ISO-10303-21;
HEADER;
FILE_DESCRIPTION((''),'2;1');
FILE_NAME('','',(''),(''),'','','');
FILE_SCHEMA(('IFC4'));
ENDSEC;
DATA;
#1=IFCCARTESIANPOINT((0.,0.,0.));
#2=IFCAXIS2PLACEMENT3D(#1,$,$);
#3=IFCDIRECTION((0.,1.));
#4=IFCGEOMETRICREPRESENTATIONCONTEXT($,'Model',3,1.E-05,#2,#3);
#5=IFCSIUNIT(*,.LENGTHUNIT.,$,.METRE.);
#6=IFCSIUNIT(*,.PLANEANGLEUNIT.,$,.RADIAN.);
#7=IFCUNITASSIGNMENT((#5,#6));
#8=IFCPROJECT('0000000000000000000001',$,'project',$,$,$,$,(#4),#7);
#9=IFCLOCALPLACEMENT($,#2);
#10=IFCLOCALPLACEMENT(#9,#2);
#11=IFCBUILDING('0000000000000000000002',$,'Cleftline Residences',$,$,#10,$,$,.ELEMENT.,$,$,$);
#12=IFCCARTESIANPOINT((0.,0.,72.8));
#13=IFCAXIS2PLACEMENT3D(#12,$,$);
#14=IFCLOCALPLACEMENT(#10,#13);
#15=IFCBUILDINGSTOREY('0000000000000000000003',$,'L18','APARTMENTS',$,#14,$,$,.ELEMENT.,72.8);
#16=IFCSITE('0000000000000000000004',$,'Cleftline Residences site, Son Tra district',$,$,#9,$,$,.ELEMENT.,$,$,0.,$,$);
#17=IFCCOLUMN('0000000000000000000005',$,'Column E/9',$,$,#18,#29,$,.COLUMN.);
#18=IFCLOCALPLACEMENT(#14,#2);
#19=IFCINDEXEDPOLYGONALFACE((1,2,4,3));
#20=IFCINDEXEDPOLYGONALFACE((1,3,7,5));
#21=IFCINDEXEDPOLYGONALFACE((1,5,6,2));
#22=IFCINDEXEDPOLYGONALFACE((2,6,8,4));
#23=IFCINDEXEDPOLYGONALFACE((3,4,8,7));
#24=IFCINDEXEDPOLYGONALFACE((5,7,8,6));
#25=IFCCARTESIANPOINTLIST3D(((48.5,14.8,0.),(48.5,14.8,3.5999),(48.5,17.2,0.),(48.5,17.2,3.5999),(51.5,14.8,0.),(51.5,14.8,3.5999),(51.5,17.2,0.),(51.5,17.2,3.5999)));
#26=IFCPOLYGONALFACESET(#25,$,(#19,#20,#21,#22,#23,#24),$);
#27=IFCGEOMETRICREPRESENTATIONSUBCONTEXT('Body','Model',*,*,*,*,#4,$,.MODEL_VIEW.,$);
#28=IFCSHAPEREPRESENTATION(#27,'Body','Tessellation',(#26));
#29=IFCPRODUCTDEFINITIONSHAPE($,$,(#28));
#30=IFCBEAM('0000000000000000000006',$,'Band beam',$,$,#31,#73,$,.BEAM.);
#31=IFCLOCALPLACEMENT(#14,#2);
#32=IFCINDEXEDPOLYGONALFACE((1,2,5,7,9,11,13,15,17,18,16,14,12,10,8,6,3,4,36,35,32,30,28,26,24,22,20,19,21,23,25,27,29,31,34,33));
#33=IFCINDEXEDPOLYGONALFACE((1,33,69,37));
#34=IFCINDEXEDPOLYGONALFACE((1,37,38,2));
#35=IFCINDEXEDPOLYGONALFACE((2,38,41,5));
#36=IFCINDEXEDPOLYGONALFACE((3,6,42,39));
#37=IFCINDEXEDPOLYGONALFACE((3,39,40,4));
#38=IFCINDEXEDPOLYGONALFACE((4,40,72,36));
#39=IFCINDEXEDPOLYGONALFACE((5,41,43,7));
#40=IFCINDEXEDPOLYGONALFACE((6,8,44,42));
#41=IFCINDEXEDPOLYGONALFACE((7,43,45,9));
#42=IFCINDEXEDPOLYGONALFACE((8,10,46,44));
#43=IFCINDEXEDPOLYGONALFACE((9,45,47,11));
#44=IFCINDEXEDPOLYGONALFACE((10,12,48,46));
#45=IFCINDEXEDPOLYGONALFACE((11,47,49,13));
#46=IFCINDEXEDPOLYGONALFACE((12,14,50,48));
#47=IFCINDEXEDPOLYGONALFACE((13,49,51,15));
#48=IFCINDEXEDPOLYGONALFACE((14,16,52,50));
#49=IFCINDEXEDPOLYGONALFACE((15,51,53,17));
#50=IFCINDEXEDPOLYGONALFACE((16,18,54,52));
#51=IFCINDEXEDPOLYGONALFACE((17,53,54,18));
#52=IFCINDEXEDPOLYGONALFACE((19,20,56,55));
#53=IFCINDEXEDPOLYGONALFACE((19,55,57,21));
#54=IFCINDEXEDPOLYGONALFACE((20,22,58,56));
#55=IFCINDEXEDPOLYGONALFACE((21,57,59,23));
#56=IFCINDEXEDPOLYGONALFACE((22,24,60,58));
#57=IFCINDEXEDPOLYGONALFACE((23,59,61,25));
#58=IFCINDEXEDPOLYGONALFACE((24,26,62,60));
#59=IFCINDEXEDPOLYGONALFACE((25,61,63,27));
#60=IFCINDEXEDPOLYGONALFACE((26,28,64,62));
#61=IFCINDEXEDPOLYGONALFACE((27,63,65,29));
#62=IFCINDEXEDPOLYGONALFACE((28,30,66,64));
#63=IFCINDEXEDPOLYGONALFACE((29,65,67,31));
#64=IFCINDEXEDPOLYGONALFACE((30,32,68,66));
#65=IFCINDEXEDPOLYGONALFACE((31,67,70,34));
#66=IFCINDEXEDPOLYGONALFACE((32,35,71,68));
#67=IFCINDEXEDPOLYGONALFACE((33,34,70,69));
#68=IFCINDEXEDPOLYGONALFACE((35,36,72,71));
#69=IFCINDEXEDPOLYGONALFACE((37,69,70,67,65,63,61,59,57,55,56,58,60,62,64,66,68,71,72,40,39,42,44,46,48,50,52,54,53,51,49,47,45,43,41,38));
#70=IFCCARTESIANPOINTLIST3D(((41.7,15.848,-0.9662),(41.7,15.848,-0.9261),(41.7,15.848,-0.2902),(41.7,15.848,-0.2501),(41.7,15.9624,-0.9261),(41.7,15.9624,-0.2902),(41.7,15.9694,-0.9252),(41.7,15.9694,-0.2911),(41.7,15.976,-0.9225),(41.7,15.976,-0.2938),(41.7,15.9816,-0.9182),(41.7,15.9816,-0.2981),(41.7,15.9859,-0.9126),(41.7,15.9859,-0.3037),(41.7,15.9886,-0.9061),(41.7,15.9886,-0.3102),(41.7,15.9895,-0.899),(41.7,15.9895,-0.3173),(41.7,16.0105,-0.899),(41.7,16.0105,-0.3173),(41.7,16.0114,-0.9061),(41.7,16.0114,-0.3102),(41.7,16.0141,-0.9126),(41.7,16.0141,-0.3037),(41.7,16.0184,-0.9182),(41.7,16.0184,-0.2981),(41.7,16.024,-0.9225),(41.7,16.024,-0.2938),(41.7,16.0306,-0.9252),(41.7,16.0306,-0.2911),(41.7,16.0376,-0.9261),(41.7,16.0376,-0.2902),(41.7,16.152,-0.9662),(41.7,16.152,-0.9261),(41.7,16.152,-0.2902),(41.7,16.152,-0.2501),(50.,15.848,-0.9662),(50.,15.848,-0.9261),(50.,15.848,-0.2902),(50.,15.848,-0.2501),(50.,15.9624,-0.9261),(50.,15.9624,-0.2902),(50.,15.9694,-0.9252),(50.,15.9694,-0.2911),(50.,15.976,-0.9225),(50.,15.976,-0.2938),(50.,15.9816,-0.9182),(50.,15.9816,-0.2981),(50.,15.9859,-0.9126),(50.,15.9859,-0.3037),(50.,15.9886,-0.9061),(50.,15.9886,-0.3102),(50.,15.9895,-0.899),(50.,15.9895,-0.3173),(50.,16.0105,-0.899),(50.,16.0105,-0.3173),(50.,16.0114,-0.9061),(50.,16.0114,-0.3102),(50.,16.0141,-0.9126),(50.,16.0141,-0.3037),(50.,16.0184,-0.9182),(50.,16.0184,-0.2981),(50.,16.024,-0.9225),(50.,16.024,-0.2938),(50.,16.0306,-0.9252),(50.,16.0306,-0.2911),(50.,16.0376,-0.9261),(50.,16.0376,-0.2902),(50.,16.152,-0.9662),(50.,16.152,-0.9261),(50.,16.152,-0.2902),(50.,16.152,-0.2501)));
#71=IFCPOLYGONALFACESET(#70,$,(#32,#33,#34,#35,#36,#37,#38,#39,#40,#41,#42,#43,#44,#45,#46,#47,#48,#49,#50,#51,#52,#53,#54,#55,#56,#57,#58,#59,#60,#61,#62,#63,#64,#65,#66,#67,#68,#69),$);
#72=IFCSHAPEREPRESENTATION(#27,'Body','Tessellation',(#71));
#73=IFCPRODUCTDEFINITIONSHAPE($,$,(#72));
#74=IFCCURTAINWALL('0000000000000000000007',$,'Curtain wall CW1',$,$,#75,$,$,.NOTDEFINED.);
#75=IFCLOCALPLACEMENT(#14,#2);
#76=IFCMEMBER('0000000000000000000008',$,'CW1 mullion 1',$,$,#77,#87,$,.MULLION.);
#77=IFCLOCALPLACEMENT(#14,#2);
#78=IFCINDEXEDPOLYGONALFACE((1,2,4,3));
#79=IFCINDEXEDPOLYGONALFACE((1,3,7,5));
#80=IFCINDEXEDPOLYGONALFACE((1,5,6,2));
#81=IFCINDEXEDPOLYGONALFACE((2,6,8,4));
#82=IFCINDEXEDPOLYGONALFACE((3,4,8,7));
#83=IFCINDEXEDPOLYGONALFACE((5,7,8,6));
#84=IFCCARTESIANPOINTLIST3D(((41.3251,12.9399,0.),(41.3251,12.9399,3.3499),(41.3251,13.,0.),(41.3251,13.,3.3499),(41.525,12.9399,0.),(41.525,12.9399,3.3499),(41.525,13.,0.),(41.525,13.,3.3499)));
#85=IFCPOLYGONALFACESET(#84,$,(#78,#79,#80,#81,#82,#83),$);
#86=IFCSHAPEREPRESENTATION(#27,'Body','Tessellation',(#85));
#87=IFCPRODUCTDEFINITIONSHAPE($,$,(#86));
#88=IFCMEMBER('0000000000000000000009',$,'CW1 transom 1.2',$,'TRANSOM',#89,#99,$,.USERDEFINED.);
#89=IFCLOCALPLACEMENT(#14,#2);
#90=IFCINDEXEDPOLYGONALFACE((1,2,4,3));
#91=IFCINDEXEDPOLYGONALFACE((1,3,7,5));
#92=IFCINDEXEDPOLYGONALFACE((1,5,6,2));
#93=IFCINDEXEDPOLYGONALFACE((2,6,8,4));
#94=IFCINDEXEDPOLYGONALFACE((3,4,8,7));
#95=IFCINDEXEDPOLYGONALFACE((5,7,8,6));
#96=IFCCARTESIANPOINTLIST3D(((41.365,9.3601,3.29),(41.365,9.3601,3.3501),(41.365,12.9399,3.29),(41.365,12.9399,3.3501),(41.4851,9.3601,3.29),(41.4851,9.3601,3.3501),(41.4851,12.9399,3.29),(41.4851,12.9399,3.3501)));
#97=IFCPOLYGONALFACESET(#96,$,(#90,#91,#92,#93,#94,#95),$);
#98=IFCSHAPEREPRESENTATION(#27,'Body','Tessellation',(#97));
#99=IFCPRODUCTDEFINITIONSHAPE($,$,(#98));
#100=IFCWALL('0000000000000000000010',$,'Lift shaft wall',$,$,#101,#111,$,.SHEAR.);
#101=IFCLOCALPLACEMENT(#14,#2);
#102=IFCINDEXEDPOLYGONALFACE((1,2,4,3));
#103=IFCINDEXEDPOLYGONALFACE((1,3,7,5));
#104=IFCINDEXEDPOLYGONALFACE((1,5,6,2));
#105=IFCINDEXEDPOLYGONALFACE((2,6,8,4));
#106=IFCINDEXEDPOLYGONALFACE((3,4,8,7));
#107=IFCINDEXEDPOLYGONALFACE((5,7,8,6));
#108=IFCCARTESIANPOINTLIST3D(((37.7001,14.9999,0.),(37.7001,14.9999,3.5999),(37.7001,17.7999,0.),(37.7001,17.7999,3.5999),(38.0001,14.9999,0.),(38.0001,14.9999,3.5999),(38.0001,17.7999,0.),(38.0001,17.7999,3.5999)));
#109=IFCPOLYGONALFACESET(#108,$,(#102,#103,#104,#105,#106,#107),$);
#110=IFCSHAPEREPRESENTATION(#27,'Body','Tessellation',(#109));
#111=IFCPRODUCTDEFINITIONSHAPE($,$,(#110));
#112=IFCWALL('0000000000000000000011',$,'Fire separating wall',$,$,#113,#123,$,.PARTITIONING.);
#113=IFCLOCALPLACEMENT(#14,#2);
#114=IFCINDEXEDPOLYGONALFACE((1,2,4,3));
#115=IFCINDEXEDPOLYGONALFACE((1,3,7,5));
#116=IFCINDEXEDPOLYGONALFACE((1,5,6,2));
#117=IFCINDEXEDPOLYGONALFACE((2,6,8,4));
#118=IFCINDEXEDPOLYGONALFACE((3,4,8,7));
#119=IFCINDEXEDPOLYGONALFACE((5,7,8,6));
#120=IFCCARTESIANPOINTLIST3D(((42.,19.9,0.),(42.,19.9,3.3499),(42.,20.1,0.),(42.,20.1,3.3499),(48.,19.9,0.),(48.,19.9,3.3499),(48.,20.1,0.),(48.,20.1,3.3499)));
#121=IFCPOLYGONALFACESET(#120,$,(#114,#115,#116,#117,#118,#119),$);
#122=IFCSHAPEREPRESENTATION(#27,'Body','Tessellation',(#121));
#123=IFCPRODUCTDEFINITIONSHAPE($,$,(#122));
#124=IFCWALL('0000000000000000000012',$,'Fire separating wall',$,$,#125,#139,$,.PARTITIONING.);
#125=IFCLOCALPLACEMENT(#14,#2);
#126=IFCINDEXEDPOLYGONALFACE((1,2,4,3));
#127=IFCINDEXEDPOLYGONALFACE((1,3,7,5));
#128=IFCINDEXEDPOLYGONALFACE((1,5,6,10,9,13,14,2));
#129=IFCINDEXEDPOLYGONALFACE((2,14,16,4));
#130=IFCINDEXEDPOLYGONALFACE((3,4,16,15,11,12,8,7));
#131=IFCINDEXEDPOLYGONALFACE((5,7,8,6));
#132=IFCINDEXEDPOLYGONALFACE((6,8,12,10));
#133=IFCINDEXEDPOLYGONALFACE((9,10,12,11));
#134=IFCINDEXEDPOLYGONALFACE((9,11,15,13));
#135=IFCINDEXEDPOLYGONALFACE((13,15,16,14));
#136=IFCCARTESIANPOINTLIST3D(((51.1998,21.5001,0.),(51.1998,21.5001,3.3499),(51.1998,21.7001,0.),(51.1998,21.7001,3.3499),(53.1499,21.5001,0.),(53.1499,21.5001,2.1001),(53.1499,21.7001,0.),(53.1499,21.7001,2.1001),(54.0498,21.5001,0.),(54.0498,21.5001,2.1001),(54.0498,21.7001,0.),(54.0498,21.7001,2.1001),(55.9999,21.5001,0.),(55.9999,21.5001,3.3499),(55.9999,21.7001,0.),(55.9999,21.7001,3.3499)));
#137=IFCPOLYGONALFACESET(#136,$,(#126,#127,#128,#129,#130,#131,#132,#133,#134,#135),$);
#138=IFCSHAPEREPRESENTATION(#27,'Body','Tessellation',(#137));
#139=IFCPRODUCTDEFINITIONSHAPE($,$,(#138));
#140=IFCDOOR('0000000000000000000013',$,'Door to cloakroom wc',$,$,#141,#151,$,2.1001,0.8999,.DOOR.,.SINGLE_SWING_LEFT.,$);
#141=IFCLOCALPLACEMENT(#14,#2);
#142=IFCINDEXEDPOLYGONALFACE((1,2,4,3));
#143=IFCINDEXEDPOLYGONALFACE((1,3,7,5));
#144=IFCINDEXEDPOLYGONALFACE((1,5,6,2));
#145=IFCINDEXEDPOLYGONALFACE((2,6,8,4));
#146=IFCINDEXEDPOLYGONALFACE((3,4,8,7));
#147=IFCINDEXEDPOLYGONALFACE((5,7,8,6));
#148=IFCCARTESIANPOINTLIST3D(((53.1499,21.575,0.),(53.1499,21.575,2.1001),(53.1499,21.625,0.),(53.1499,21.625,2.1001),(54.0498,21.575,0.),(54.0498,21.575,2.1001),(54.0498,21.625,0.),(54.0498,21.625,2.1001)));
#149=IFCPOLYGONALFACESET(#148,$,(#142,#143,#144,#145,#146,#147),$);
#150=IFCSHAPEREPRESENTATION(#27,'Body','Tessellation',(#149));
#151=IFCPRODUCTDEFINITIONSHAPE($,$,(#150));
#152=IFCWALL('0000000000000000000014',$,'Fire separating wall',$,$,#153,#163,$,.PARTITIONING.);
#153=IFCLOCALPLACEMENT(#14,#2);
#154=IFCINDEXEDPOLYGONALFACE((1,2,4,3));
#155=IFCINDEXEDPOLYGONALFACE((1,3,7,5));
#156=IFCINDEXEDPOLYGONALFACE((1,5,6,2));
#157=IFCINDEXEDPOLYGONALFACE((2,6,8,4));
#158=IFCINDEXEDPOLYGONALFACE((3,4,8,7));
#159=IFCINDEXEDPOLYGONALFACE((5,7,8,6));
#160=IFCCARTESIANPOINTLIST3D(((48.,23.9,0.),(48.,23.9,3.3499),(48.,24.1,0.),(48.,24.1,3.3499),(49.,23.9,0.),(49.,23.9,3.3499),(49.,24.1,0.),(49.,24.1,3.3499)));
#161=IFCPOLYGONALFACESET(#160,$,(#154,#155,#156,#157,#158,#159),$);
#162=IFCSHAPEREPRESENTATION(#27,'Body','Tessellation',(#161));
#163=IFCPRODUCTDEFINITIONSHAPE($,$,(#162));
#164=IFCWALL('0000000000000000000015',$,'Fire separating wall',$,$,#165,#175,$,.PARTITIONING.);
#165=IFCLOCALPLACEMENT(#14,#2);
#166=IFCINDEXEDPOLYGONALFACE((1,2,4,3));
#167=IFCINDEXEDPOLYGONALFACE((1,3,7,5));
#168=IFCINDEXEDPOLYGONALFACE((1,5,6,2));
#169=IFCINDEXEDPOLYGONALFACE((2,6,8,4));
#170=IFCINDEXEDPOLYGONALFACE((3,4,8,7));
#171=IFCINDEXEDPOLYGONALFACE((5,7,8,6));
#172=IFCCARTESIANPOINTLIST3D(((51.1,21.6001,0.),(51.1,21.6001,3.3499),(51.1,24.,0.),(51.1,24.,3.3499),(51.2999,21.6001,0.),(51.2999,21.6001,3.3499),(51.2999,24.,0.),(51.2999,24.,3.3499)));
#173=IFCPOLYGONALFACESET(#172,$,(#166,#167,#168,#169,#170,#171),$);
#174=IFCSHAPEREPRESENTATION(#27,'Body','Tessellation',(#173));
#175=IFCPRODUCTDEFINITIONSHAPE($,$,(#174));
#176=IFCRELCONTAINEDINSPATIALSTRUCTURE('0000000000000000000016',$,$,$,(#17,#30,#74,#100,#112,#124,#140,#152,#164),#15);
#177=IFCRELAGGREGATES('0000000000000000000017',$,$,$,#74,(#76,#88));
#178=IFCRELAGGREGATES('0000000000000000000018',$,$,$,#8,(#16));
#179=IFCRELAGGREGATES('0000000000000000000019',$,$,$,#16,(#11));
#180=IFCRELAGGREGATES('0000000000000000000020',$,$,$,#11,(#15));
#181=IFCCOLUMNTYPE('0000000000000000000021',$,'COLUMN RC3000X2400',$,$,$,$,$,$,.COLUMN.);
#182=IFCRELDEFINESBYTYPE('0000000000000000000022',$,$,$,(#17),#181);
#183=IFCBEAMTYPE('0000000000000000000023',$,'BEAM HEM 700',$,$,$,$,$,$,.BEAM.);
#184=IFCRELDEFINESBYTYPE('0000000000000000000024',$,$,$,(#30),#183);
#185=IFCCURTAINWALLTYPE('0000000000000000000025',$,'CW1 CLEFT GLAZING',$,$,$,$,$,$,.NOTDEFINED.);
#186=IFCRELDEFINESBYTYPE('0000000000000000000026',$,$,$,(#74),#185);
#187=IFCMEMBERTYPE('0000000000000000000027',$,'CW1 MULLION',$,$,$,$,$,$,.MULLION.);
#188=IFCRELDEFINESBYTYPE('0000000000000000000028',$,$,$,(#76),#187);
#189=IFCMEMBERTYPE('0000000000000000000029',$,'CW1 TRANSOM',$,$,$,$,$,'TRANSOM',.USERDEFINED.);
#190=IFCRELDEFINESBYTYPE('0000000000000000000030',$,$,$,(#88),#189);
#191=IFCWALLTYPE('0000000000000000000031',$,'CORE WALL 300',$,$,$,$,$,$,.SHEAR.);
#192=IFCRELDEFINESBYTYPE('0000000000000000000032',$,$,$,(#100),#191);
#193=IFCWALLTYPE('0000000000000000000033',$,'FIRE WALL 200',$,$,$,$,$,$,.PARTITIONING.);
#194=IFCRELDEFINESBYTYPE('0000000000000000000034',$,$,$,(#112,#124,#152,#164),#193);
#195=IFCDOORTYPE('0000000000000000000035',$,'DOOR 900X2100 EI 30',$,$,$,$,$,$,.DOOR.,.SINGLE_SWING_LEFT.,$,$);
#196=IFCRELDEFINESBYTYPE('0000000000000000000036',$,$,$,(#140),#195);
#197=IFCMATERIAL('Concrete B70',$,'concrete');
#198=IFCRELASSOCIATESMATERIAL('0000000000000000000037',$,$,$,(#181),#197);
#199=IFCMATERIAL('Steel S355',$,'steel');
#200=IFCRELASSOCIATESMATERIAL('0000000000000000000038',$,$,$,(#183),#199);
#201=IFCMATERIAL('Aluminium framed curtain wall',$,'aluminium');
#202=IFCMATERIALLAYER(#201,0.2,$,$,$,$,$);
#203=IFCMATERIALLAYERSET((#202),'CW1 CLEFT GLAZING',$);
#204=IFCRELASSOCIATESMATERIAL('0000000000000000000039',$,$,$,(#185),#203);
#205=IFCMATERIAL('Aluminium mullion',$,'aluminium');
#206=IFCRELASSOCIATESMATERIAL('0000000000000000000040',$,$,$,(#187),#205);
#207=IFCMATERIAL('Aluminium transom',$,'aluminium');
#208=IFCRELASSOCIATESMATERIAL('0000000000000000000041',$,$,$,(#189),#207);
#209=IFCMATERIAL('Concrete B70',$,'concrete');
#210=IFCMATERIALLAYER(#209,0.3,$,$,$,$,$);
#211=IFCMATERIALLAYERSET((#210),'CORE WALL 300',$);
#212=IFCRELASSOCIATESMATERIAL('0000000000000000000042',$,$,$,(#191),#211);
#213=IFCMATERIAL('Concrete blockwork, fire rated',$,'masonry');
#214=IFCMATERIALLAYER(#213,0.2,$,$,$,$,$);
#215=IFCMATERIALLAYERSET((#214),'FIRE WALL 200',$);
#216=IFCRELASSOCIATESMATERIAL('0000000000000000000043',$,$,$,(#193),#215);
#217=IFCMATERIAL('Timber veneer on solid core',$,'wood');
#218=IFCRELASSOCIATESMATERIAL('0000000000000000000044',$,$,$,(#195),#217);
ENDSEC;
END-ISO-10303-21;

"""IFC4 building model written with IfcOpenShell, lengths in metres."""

from ifc_helpers import new_model, si_unit, direction, frame, frame_2d, origin, origin_2d, place, context, subcontext, project, spatial, rectangle, i_section, extrude, material, layer, layer_set, material_profile, profile_set, type_object, element, fill, aggregate, save


model = new_model("IFC4")

# Units and contexts
model_context = context("Model", 3, precision=1e-05, world=origin(), true_north=direction((0.0, 1.0)))
body_context = subcontext(model_context, "Body", "Model", "MODEL_VIEW")
ifc_project = project(units=[si_unit("LENGTHUNIT", "METRE"), si_unit("PLANEANGLEUNIT", "RADIAN")], contexts=[model_context])

# Site, building, storey
site_placement = place(None, origin())
site = spatial("IfcSite", under=ifc_project, at=site_placement, Name="Cleftline Residences site, Son Tra district", CompositionType="ELEMENT", RefElevation=0.0)
building_placement = place(site_placement, origin())
building = spatial("IfcBuilding", under=site, at=building_placement, Name="Cleftline Residences", CompositionType="ELEMENT")
storey_placement = place(building_placement, frame((0.0, 0.0, 72.8)))
storey = spatial("IfcBuildingStorey", under=building, at=storey_placement, Name="L18", Description="APARTMENTS", CompositionType="ELEMENT", Elevation=72.8)

# Column
ifc_material_1 = material(Name="Concrete B70", Category="concrete")
ifc_material_profile_1 = material_profile(ifc_material_1, rectangle(XDim=3.0, YDim=2.3999, at=origin_2d()))
ifc_profile_set_1 = profile_set([ifc_material_profile_1], Name="Concrete B70")
column_type = type_object("IfcColumnType", Name="COLUMN RC3000X2400", PredefinedType="COLUMN", material=ifc_profile_set_1)
column_placement = place(storey_placement, frame((50.0, 16.0, 0.0), z_axis=(0.0, 0.0, 1.0), x_axis=(1.0, 0.0, 0.0)))
element("IfcColumn", 1, at=column_placement, inside=storey, type_object=column_type, Name="Column E/9", PredefinedType="COLUMN", context=body_context, shape_type="SweptSolid", body=[
    extrude(rectangle(XDim=3.0, YDim=2.3999, at=origin_2d()), origin(), (0.0, 0.0, 1.0), 3.5999),
])

# Beam
ifc_material_2 = material(Name="Steel S355", Category="steel")
ifc_material_profile_2 = material_profile(ifc_material_2, i_section(OverallWidth=0.304, OverallDepth=0.7161, WebThickness=0.021, FlangeThickness=0.04, FilletRadius=0.0271, at=origin_2d()))
ifc_profile_set_2 = profile_set([ifc_material_profile_2], Name="Steel S355")
beam_type = type_object("IfcBeamType", Name="BEAM HEM 700", PredefinedType="BEAM", material=ifc_profile_set_2)
beam_placement = place(storey_placement, frame((50.0, 16.0, -0.6082), z_axis=(-1.0, 0.0, 0.0), x_axis=(0.0, -1.0, 0.0)))
element("IfcBeam", 2, at=beam_placement, inside=storey, type_object=beam_type, Name="Band beam", PredefinedType="BEAM", context=body_context, shape_type="SweptSolid", body=[
    extrude(i_section(OverallWidth=0.304, OverallDepth=0.7161, WebThickness=0.021, FlangeThickness=0.04, FilletRadius=0.0271, at=origin_2d()), origin(), (0.0, 0.0, 1.0), 8.3),
])

# Curtain wall, members
ifc_material_3 = material(Name="Aluminium framed curtain wall", Category="aluminium")
ifc_layer_1 = layer(ifc_material_3, 0.2)
ifc_layer_set_1 = layer_set([ifc_layer_1], Name="CW1 CLEFT GLAZING")
curtain_wall_type = type_object("IfcCurtainWallType", Name="CW1 CLEFT GLAZING", PredefinedType="NOTDEFINED", material=ifc_layer_set_1)
curtain_wall_placement = place(storey_placement, origin())
curtain_wall = element("IfcCurtainWall", 3, at=curtain_wall_placement, inside=storey, type_object=curtain_wall_type, Name="Curtain wall CW1", PredefinedType="NOTDEFINED")
ifc_material_4 = material(Name="Aluminium mullion", Category="aluminium")
ifc_material_profile_3 = material_profile(ifc_material_4, rectangle(XDim=0.2, YDim=0.0601, at=origin_2d()))
ifc_profile_set_3 = profile_set([ifc_material_profile_3], Name="Aluminium mullion")
member_type_1 = type_object("IfcMemberType", Name="CW1 MULLION", PredefinedType="MULLION", material=ifc_profile_set_3)
member_1_placement = place(storey_placement, frame((41.425, 12.97, 0.0), z_axis=(0.0, 0.0, 1.0), x_axis=(1.0, 0.0, 0.0)))
member_1 = element("IfcMember", 4, at=member_1_placement, type_object=member_type_1, Name="CW1 mullion 1", PredefinedType="MULLION", context=body_context, shape_type="SweptSolid", body=[
    extrude(rectangle(XDim=0.2, YDim=0.0601, at=origin_2d()), origin(), (0.0, 0.0, 1.0), 3.3499),
])
ifc_material_5 = material(Name="Aluminium transom", Category="aluminium")
ifc_material_profile_4 = material_profile(ifc_material_5, rectangle(XDim=0.1201, YDim=0.0601, at=origin_2d()))
ifc_profile_set_4 = profile_set([ifc_material_profile_4], Name="Aluminium transom")
member_type_2 = type_object("IfcMemberType", Name="CW1 TRANSOM", ElementType="TRANSOM", PredefinedType="USERDEFINED", material=ifc_profile_set_4)
member_2_placement = place(storey_placement, frame((41.425, 12.9399, 3.3201), z_axis=(0.0, -1.0, 0.0), x_axis=(1.0, 0.0, 0.0)))
member_2 = element("IfcMember", 5, at=member_2_placement, type_object=member_type_2, Name="CW1 transom 1.2", ObjectType="TRANSOM", PredefinedType="USERDEFINED", context=body_context, shape_type="SweptSolid", body=[
    extrude(rectangle(XDim=0.1201, YDim=0.0601, at=origin_2d()), origin(), (0.0, 0.0, 1.0), 3.5798),
])
aggregate(curtain_wall, [member_1, member_2])

# Walls
ifc_material_6 = material(Name="Concrete B70", Category="concrete")
ifc_layer_2 = layer(ifc_material_6, 0.3)
ifc_layer_set_2 = layer_set([ifc_layer_2], Name="CORE WALL 300")
wall_type_1 = type_object("IfcWallType", Name="CORE WALL 300", PredefinedType="SHEAR", material=ifc_layer_set_2)
wall_1_placement = place(storey_placement, frame((37.8501, 15.0, 0.0), z_axis=(0.0, 0.0, 1.0), x_axis=(0.0, 1.0, 0.0)))
element("IfcWall", 6, at=wall_1_placement, inside=storey, type_object=wall_type_1, Name="Lift shaft wall", PredefinedType="SHEAR", context=body_context, shape_type="SweptSolid", body=[
    extrude(rectangle(XDim=2.8, YDim=0.3, at=frame_2d((1.3999, 0.0))), origin(), (0.0, 0.0, 1.0), 3.5999),
])
ifc_material_7 = material(Name="Concrete blockwork, fire rated", Category="masonry")
ifc_layer_3 = layer(ifc_material_7, 0.2)
ifc_layer_set_3 = layer_set([ifc_layer_3], Name="FIRE WALL 200")
wall_type_2 = type_object("IfcWallType", Name="FIRE WALL 200", PredefinedType="PARTITIONING", material=ifc_layer_set_3)
wall_2_placement = place(storey_placement, frame((42.0, 20.0, 0.0), z_axis=(0.0, 0.0, 1.0), x_axis=(1.0, 0.0, 0.0)))
element("IfcWall", 7, at=wall_2_placement, inside=storey, type_object=wall_type_2, Name="Fire separating wall", PredefinedType="PARTITIONING", context=body_context, shape_type="SweptSolid", body=[
    extrude(rectangle(XDim=6.0, YDim=0.2, at=frame_2d((3.0, 0.0))), origin(), (0.0, 0.0, 1.0), 3.3499),
])

# Wall, opening, door
wall_3_placement = place(storey_placement, frame((51.2, 21.6001, 0.0), z_axis=(0.0, 0.0, 1.0), x_axis=(1.0, 0.0, 0.0)))
wall_3 = element("IfcWall", 8, at=wall_3_placement, inside=storey, type_object=wall_type_2, Name="Fire separating wall", PredefinedType="PARTITIONING", context=body_context, shape_type="SweptSolid", body=[
    extrude(rectangle(XDim=4.8, YDim=0.2, at=frame_2d((2.3999, 0.0))), origin(), (0.0, 0.0, 1.0), 3.3499),
])
opening_1_placement = place(wall_3_placement, frame((1.95, 0.0, 0.0)))
opening_1 = element("IfcOpeningElement", 9, at=opening_1_placement, cuts=wall_3, PredefinedType="OPENING", context=body_context, shape_type="SweptSolid", body=[
    extrude(rectangle(XDim=0.8999, YDim=2.1001, at=frame_2d((0.45, 1.05))), frame((0.0, 0.1099, 0.0), z_axis=(0.0, -1.0, 0.0), x_axis=(1.0, 0.0, 0.0)), (0.0, 0.0, 1.0), 0.22),
])
ifc_material_8 = material(Name="Timber veneer on solid core", Category="wood")
door_type_1 = type_object("IfcDoorType", Name="DOOR 900X2100 EI 30", OperationType="SINGLE_SWING_LEFT", PredefinedType="DOOR", material=ifc_material_8)
door_1_placement = place(opening_1_placement, origin())
door_1 = element("IfcDoor", 10, at=door_1_placement, inside=storey, type_object=door_type_1, Name="Door to cloakroom wc", OperationType="SINGLE_SWING_LEFT", OverallHeight=2.1001, OverallWidth=0.8999, PredefinedType="DOOR", context=body_context, shape_type="SweptSolid", body=[
    extrude(rectangle(XDim=0.8999, YDim=2.1001, at=frame_2d((0.45, 1.05))), frame((0.0, 0.0249, 0.0), z_axis=(0.0, -1.0, 0.0), x_axis=(1.0, 0.0, 0.0)), (0.0, 0.0, 1.0), 0.05),
])
fill(opening_1, door_1)

# Wall
wall_4_placement = place(storey_placement, frame((48.0, 24.0, 0.0), z_axis=(0.0, 0.0, 1.0), x_axis=(1.0, 0.0, 0.0)))
element("IfcWall", 11, at=wall_4_placement, inside=storey, type_object=wall_type_2, Name="Fire separating wall", PredefinedType="PARTITIONING", context=body_context, shape_type="SweptSolid", body=[
    extrude(rectangle(XDim=1.0, YDim=0.2, at=frame_2d((0.5, 0.0))), origin(), (0.0, 0.0, 1.0), 3.3499),
])

# Wall
wall_5_placement = place(storey_placement, frame((51.2, 21.6001, 0.0), z_axis=(0.0, 0.0, 1.0), x_axis=(0.0, 1.0, 0.0)))
element("IfcWall", 12, at=wall_5_placement, inside=storey, type_object=wall_type_2, Name="Fire separating wall", PredefinedType="PARTITIONING", context=body_context, shape_type="SweptSolid", body=[
    extrude(rectangle(XDim=2.3999, YDim=0.2, at=frame_2d((1.2, 0.0))), origin(), (0.0, 0.0, 1.0), 3.3499),
])

save(model, "model.ifc")
